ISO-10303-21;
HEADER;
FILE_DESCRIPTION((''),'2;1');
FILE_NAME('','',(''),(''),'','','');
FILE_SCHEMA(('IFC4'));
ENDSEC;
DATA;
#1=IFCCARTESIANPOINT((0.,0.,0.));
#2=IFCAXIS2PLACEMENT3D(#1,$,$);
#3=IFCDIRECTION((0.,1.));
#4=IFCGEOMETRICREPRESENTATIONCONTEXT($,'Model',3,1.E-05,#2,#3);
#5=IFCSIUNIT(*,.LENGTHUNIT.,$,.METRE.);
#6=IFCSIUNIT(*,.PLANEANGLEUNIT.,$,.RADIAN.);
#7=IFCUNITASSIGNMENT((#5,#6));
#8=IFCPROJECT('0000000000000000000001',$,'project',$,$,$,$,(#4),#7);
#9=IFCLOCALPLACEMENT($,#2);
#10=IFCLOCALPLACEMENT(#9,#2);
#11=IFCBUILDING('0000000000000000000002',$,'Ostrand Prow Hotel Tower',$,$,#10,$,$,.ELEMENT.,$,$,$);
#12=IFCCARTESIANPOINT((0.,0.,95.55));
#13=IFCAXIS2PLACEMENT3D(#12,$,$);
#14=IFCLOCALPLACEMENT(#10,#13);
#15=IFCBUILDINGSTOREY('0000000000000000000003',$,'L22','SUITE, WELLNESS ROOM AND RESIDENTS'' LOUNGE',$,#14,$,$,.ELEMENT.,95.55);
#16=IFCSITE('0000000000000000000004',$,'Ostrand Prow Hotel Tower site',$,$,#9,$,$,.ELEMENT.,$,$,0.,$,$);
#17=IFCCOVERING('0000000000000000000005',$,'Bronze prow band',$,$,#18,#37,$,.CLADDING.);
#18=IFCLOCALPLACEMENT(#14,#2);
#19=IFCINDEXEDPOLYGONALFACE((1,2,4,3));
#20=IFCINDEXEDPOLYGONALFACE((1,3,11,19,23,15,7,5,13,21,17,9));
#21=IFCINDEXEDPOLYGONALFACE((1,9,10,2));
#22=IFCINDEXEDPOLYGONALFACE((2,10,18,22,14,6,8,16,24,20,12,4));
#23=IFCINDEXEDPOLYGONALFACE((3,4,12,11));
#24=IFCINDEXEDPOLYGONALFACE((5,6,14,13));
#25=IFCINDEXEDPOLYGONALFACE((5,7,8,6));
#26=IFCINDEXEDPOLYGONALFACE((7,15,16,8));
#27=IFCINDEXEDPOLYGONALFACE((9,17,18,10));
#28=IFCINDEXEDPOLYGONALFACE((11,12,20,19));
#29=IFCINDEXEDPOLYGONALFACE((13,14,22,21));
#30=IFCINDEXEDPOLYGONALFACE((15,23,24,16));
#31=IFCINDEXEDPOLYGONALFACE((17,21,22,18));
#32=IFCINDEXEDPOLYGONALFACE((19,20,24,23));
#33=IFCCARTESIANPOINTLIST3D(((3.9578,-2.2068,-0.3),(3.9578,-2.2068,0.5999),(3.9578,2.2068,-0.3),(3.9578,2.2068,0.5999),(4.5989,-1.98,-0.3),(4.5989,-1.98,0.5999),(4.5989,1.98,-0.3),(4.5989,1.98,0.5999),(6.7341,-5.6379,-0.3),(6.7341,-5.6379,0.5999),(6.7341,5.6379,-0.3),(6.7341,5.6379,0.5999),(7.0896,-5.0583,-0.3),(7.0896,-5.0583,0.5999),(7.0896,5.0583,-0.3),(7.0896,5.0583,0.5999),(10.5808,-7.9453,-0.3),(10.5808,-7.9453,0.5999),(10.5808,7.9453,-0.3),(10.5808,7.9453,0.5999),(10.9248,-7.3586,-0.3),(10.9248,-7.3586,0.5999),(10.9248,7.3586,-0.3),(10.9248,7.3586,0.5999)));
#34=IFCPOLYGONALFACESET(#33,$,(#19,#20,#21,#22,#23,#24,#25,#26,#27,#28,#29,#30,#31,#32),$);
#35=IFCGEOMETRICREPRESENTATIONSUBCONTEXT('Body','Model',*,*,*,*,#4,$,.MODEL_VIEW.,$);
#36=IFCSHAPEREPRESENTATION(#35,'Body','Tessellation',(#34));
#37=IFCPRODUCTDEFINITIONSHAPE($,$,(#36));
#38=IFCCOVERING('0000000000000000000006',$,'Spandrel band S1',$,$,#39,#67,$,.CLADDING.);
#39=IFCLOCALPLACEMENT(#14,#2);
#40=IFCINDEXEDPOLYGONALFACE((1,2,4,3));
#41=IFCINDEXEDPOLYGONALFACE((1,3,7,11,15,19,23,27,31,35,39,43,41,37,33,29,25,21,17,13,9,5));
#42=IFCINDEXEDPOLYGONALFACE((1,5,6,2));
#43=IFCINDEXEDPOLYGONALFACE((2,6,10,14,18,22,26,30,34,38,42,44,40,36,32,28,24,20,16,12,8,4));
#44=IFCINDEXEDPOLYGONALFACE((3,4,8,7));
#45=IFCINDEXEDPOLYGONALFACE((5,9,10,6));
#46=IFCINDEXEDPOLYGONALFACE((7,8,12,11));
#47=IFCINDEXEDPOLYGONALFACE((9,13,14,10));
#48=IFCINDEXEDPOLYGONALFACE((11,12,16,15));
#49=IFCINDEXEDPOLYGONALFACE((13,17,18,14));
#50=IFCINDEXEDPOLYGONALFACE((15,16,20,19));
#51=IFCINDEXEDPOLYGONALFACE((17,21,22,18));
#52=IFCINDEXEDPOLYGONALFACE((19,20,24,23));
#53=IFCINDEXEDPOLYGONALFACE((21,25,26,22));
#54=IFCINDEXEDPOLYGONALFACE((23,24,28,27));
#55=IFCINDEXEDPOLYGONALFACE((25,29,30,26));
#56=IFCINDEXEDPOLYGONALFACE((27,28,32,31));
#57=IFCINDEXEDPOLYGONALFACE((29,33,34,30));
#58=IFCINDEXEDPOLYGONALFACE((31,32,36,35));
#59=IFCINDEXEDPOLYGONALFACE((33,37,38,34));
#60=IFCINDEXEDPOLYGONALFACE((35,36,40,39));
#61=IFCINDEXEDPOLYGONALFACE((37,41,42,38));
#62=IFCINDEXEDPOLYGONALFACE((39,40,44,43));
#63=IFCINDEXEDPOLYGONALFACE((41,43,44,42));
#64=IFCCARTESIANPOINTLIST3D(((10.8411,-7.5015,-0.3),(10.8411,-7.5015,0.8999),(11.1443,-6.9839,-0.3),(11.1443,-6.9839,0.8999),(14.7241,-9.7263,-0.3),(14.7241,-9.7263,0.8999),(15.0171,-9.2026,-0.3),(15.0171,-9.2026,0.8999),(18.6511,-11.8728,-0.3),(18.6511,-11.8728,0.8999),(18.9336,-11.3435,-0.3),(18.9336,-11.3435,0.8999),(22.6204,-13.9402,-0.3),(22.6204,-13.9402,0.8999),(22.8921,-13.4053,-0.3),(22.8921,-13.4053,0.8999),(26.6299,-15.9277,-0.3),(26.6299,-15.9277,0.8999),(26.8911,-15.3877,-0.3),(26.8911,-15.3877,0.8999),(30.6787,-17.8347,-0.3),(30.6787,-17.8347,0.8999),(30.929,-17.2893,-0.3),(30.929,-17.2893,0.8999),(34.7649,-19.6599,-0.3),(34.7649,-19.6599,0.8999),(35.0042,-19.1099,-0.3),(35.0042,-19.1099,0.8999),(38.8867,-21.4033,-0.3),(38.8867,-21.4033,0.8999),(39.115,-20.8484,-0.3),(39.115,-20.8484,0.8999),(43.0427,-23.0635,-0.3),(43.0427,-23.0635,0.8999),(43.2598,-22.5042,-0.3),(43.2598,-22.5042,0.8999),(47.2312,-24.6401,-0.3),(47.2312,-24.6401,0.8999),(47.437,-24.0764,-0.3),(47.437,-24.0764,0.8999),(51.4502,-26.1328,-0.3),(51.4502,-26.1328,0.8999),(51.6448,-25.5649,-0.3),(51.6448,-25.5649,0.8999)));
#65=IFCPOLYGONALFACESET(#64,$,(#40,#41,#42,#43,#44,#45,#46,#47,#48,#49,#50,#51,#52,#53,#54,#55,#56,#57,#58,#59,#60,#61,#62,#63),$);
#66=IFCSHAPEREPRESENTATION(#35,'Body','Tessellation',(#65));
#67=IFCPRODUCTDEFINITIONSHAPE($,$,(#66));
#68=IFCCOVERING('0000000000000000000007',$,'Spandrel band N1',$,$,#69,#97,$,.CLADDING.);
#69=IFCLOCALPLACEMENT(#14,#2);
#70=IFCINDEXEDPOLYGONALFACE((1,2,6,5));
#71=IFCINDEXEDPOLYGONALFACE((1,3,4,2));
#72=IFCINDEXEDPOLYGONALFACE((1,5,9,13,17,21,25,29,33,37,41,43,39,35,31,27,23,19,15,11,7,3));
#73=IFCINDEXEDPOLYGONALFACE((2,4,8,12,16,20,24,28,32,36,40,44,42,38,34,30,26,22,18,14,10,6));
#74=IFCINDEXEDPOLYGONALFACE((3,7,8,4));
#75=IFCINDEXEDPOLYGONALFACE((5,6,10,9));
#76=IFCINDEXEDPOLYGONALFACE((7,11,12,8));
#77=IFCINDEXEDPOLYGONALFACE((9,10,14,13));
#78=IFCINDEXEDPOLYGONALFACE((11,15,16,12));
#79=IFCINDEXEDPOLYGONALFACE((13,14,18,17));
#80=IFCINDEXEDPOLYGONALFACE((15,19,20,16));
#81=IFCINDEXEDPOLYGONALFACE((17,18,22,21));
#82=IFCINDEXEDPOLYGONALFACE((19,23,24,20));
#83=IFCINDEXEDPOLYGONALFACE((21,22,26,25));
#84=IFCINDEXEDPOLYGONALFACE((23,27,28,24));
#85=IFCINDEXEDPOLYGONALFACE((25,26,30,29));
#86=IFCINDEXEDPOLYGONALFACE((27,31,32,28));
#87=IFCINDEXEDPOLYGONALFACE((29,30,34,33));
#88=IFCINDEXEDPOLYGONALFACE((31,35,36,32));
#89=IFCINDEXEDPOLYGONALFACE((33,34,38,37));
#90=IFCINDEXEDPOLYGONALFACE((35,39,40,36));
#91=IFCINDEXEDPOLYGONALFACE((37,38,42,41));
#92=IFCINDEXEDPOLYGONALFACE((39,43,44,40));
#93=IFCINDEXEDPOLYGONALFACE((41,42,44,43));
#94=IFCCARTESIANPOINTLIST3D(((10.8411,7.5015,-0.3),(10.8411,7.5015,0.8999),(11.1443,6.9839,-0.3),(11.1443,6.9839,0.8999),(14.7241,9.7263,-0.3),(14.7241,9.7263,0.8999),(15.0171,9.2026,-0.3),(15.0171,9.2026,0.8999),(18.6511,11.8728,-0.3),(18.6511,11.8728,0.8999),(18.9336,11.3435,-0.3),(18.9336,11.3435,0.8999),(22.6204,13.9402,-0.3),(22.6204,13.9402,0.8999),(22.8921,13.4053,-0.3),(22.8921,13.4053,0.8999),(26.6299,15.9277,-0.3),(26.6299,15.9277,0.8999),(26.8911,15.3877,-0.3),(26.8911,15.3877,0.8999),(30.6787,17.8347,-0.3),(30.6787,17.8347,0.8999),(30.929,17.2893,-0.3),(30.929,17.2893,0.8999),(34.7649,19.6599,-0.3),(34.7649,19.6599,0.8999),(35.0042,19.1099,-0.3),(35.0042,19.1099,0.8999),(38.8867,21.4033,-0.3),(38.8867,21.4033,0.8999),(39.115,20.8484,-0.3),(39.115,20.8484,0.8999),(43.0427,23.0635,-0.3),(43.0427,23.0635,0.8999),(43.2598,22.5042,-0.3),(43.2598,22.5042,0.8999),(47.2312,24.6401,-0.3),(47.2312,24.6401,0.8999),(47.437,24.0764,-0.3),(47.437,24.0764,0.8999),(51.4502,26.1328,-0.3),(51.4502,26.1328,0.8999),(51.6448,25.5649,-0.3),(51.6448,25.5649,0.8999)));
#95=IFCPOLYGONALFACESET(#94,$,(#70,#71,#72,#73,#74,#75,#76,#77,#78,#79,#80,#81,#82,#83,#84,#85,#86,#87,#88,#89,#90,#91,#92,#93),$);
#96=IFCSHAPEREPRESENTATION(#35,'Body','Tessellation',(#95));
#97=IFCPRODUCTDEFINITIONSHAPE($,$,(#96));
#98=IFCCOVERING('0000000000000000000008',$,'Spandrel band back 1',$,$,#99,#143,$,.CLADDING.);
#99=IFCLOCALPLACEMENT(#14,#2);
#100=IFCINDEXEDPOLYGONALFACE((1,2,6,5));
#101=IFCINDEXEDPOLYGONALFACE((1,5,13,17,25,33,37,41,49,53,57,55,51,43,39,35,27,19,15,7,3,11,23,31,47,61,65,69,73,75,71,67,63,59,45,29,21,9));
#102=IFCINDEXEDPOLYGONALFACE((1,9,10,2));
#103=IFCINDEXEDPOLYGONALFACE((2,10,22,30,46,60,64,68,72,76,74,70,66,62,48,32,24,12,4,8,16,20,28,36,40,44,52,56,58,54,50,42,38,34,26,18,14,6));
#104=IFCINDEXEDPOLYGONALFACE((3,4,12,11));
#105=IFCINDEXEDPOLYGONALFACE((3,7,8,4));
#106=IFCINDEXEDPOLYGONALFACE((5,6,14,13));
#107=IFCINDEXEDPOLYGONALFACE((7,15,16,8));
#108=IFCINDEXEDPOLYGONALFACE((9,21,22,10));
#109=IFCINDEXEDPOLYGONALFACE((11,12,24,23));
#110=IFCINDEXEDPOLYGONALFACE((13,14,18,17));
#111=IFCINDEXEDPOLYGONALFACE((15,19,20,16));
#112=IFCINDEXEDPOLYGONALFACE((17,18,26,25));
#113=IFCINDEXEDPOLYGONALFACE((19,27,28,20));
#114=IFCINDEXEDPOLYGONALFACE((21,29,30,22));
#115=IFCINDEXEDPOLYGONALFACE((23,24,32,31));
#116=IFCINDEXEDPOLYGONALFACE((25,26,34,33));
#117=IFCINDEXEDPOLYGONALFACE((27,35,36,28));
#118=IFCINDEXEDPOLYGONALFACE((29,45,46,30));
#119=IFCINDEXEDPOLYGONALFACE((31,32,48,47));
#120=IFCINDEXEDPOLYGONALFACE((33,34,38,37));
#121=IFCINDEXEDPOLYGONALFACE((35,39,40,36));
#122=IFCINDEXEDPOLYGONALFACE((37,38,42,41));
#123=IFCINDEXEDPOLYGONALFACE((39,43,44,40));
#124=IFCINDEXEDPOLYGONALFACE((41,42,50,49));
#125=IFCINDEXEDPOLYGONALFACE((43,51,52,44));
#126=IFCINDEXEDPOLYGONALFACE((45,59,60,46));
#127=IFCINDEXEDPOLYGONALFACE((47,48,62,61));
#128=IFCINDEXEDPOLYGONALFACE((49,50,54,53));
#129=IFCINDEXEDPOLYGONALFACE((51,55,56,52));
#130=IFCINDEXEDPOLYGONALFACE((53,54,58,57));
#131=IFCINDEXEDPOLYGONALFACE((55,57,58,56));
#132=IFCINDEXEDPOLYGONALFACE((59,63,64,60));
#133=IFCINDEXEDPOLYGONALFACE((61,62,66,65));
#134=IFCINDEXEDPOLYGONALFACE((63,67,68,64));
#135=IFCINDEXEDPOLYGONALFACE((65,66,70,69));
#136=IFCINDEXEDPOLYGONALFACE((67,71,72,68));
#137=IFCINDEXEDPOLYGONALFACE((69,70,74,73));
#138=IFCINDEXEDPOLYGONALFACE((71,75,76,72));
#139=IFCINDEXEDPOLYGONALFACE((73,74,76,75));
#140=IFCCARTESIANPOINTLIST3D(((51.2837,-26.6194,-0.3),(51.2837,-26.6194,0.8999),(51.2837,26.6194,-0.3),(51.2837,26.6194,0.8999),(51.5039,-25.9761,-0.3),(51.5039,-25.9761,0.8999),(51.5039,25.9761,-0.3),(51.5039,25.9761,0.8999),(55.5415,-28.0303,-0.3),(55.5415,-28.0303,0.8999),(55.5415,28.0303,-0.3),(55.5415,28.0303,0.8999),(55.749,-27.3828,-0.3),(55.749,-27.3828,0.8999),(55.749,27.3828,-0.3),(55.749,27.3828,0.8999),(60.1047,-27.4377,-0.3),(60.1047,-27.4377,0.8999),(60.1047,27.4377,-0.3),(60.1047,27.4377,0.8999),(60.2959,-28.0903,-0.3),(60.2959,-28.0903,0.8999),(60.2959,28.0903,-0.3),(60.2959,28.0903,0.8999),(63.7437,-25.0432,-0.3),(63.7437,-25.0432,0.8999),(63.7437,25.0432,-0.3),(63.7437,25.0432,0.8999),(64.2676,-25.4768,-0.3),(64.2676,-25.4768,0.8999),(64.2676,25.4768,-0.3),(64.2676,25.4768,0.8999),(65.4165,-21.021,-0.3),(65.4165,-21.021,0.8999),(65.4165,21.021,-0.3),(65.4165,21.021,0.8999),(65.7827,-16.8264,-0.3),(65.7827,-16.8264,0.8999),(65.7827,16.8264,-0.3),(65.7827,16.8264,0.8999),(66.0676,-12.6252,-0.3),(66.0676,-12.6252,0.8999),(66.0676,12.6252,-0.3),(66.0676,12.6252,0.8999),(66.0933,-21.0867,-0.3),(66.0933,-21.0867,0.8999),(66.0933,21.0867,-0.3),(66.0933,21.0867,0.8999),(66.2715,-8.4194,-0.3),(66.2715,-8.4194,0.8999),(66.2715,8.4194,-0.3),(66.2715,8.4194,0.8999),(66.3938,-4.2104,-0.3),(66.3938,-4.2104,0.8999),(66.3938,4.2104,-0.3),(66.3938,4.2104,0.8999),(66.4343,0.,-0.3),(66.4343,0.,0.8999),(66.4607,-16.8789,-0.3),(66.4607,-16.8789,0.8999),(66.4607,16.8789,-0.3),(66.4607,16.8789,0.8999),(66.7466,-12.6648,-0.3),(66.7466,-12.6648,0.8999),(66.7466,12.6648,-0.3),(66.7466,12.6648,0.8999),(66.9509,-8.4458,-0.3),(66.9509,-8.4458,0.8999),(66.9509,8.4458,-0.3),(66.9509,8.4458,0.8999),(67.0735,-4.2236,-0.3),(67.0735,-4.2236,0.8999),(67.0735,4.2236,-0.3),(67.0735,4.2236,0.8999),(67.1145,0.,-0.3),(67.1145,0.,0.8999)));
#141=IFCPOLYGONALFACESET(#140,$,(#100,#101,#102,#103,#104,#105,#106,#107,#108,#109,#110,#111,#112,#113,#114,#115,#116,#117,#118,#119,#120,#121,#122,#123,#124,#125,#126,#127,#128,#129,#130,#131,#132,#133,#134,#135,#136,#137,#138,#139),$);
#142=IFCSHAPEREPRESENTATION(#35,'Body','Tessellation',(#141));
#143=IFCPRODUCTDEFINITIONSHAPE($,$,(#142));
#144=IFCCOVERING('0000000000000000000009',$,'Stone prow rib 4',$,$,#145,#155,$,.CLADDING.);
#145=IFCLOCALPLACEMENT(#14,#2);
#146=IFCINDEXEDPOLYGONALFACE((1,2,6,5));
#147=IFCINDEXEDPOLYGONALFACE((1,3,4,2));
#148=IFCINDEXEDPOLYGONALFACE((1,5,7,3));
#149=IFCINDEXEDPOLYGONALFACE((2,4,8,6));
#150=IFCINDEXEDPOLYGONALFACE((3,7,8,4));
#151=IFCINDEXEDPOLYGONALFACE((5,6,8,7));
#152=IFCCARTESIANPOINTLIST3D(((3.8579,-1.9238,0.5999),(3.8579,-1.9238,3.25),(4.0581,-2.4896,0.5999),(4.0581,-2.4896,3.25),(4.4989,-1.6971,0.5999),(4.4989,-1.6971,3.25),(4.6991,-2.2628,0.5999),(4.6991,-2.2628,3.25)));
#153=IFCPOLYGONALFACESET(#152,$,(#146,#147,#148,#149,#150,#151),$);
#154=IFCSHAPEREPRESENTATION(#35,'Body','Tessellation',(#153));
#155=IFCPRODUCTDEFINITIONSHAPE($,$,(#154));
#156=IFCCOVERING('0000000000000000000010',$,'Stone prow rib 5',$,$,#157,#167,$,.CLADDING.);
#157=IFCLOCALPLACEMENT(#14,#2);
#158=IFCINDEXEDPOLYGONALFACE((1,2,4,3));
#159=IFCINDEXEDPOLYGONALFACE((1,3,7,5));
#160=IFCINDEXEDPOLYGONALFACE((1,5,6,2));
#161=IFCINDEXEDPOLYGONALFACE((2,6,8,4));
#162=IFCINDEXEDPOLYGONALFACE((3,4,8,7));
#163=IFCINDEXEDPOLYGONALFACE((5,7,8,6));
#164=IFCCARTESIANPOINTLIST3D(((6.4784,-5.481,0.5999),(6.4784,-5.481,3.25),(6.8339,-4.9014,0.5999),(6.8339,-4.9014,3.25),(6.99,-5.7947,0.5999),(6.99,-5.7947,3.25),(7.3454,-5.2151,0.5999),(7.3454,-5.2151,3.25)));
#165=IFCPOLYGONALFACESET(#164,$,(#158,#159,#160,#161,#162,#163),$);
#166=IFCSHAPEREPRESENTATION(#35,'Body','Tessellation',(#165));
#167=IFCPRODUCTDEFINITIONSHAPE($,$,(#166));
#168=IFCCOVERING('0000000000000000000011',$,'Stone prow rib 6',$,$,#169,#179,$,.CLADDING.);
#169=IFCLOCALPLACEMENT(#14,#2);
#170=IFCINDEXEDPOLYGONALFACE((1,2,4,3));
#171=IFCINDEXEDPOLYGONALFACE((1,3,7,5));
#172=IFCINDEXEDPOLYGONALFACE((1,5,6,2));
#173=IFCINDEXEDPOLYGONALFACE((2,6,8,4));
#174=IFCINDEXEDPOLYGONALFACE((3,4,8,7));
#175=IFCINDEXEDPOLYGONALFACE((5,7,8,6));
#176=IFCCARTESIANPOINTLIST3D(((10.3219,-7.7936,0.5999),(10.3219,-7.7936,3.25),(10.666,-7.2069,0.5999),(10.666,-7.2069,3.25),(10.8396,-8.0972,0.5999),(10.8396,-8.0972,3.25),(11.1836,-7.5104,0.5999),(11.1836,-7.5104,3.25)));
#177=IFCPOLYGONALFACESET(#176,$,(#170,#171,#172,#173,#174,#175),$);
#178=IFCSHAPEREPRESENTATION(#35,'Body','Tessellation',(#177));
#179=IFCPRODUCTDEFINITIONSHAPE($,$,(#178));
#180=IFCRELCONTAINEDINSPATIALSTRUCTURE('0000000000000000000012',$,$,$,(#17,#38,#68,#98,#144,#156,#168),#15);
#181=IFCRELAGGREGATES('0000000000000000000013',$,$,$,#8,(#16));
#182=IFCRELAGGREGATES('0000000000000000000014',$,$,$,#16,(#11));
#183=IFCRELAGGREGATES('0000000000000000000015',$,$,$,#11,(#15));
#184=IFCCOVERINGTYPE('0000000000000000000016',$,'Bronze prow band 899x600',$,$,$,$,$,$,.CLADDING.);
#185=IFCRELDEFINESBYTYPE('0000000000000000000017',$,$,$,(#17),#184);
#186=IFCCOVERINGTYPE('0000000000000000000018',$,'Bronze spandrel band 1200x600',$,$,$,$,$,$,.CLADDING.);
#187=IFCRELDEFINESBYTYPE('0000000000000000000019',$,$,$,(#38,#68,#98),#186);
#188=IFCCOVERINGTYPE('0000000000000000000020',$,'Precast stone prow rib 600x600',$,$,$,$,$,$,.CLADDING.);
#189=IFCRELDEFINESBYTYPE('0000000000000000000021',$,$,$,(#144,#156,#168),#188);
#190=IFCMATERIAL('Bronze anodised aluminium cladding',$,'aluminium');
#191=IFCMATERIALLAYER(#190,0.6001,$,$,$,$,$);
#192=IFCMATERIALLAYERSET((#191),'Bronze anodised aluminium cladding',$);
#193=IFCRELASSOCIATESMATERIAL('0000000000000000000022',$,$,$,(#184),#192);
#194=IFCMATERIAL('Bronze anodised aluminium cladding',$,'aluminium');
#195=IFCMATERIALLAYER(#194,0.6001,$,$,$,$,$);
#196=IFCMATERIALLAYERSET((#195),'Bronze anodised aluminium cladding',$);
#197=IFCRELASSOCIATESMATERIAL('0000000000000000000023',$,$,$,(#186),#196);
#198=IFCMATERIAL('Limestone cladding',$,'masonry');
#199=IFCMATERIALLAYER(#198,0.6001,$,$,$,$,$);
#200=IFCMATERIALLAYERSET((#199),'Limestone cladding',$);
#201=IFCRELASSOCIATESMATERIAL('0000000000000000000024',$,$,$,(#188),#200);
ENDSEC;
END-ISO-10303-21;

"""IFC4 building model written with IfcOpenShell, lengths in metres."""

from ifc_helpers import new_model, si_unit, direction, frame, frame_2d, origin, place, context, subcontext, project, spatial, polyline, rectangle, outline, extrude, material, layer, layer_set, type_object, element, save


model = new_model("IFC4")

# Units and contexts
model_context = context("Model", 3, precision=1e-05, world=origin(), true_north=direction((0.0, 1.0)))
body_context = subcontext(model_context, "Body", "Model", "MODEL_VIEW")
ifc_project = project(units=[si_unit("LENGTHUNIT", "METRE"), si_unit("PLANEANGLEUNIT", "RADIAN")], contexts=[model_context])

# Site, building, storey
site_placement = place(None, origin())
site = spatial("IfcSite", under=ifc_project, at=site_placement, Name="Ostrand Prow Hotel Tower site", CompositionType="ELEMENT", RefElevation=0.0)
building_placement = place(site_placement, origin())
building = spatial("IfcBuilding", under=site, at=building_placement, Name="Ostrand Prow Hotel Tower", CompositionType="ELEMENT")
storey_placement = place(building_placement, frame((0.0, 0.0, 95.55)))
storey = spatial("IfcBuildingStorey", under=building, at=storey_placement, Name="L22", Description="SUITE, WELLNESS ROOM AND RESIDENTS' LOUNGE", CompositionType="ELEMENT", Elevation=95.55)

# Coverings
ifc_material_1 = material(Name="Bronze anodised aluminium cladding", Category="aluminium")
ifc_layer_1 = layer(ifc_material_1, 0.6001)
ifc_layer_set_1 = layer_set([ifc_layer_1], Name="Bronze anodised aluminium cladding")
covering_type_1 = type_object("IfcCoveringType", Name="Bronze prow band 899x600", PredefinedType="CLADDING", material=ifc_layer_set_1)
covering_1_placement = place(storey_placement, frame((0.0, 0.0, -0.3)))
element("IfcCovering", 1, at=covering_1_placement, inside=storey, type_object=covering_type_1, Name="Bronze prow band", PredefinedType="CLADDING", context=body_context, shape_type="SweptSolid", body=[
    extrude(outline(polyline([(10.5808, 7.9453), (6.7341, 5.6379), (3.9578, 2.2068), (3.9578, -2.2068), (6.7341, -5.6379), (10.5808, -7.9453), (10.9248, -7.3586), (7.0896, -5.0583), (4.5989, -1.98), (4.5989, 1.98), (7.0896, 5.0583), (10.9248, 7.3586), (10.5808, 7.9453)])), origin(), (0.0, 0.0, 1.0), 0.8999),
])
ifc_material_2 = material(Name="Bronze anodised aluminium cladding", Category="aluminium")
ifc_layer_2 = layer(ifc_material_2, 0.6001)
ifc_layer_set_2 = layer_set([ifc_layer_2], Name="Bronze anodised aluminium cladding")
covering_type_2 = type_object("IfcCoveringType", Name="Bronze spandrel band 1200x600", PredefinedType="CLADDING", material=ifc_layer_set_2)
covering_2_placement = place(storey_placement, frame((0.0, 0.0, -0.3)))
element("IfcCovering", 2, at=covering_2_placement, inside=storey, type_object=covering_type_2, Name="Spandrel band S1", PredefinedType="CLADDING", context=body_context, shape_type="SweptSolid", body=[
    extrude(outline(polyline([(10.8411, -7.5015), (14.7241, -9.7263), (18.6511, -11.8728), (22.6204, -13.9402), (26.6299, -15.9277), (30.6787, -17.8347), (34.7649, -19.6599), (38.8867, -21.4033), (43.0427, -23.0635), (47.2312, -24.6401), (51.4502, -26.1328), (51.6448, -25.5649), (47.437, -24.0764), (43.2598, -22.5042), (39.115, -20.8484), (35.0042, -19.1099), (30.929, -17.2893), (26.8911, -15.3877), (22.8921, -13.4053), (18.9336, -11.3435), (15.0171, -9.2026), (11.1443, -6.9839), (10.8411, -7.5015)])), origin(), (0.0, 0.0, 1.0), 1.2),
])
covering_3_placement = place(storey_placement, frame((0.0, 0.0, -0.3)))
element("IfcCovering", 3, at=covering_3_placement, inside=storey, type_object=covering_type_2, Name="Spandrel band N1", PredefinedType="CLADDING", context=body_context, shape_type="SweptSolid", body=[
    extrude(outline(polyline([(51.4502, 26.1328), (47.2312, 24.6401), (43.0427, 23.0635), (38.8867, 21.4033), (34.7649, 19.6599), (30.6787, 17.8347), (26.6299, 15.9277), (22.6204, 13.9402), (18.6511, 11.8728), (14.7241, 9.7263), (10.8411, 7.5015), (11.1443, 6.9839), (15.0171, 9.2026), (18.9336, 11.3435), (22.8921, 13.4053), (26.8911, 15.3877), (30.929, 17.2893), (35.0042, 19.1099), (39.115, 20.8484), (43.2598, 22.5042), (47.437, 24.0764), (51.6448, 25.5649), (51.4502, 26.1328)])), origin(), (0.0, 0.0, 1.0), 1.2),
])
covering_4_placement = place(storey_placement, frame((0.0, 0.0, -0.3)))
element("IfcCovering", 4, at=covering_4_placement, inside=storey, type_object=covering_type_2, Name="Spandrel band back 1", PredefinedType="CLADDING", context=body_context, shape_type="SweptSolid", body=[
    extrude(outline(polyline([(51.2837, -26.6194), (55.5415, -28.0303), (60.2959, -28.0903), (64.2676, -25.4768), (66.0933, -21.0867), (66.4607, -16.8789), (66.7466, -12.6648), (66.9509, -8.4458), (67.0735, -4.2236), (67.1145, 0.0), (67.0735, 4.2236), (66.9509, 8.4458), (66.7466, 12.6648), (66.4607, 16.8789), (66.0933, 21.0867), (64.2676, 25.4768), (60.2959, 28.0903), (55.5415, 28.0303), (51.2837, 26.6194), (51.5039, 25.9761), (55.749, 27.3828), (60.1047, 27.4377), (63.7437, 25.0432), (65.4165, 21.021), (65.7827, 16.8264), (66.0676, 12.6252), (66.2715, 8.4194), (66.3938, 4.2104), (66.4343, 0.0), (66.3938, -4.2104), (66.2715, -8.4194), (66.0676, -12.6252), (65.7827, -16.8264), (65.4165, -21.021), (63.7437, -25.0432), (60.1047, -27.4377), (55.749, -27.3828), (51.5039, -25.9761), (51.2837, -26.6194)])), origin(), (0.0, 0.0, 1.0), 1.2),
])
ifc_material_3 = material(Name="Limestone cladding", Category="masonry")
ifc_layer_3 = layer(ifc_material_3, 0.6001)
ifc_layer_set_3 = layer_set([ifc_layer_3], Name="Limestone cladding")
covering_type_3 = type_object("IfcCoveringType", Name="Precast stone prow rib 600x600", PredefinedType="CLADDING", material=ifc_layer_set_3)
for number, where, z_axis, x_axis, name in (
    (5, (4.5989, -1.98, 0.5999), (0.0, 0.0, 1.0), (-0.942745, -0.333515, 0.0), "Stone prow rib 4"),
    (6, (7.0896, -5.0583, 0.5999), (0.0, 0.0, 1.0), (-0.522815, -0.852446, 0.0), "Stone prow rib 5"),
):
    element("IfcCovering", number, at=place(storey_placement, frame(where, z_axis=z_axis, x_axis=x_axis)), inside=storey, type_object=covering_type_3, Name=name, PredefinedType="CLADDING", context=body_context, shape_type="SweptSolid", body=[
        extrude(rectangle(XDim=0.6799, YDim=0.6001, at=frame_2d((0.3398, 0.0))), origin(), (0.0, 0.0, 1.0), 2.6501),
    ])
covering_5_placement = place(storey_placement, frame((10.9248, -7.3586, 0.5999), z_axis=(0.0, 0.0, 1.0), x_axis=(-0.505812, -0.862644, 0.0)))
element("IfcCovering", 7, at=covering_5_placement, inside=storey, type_object=covering_type_3, Name="Stone prow rib 6", PredefinedType="CLADDING", context=body_context, shape_type="SweptSolid", body=[
    extrude(rectangle(XDim=0.6802, YDim=0.6001, at=frame_2d((0.3401, 0.0))), origin(), (0.0, 0.0, 1.0), 2.6501),
])

save(model, "model.ifc")
